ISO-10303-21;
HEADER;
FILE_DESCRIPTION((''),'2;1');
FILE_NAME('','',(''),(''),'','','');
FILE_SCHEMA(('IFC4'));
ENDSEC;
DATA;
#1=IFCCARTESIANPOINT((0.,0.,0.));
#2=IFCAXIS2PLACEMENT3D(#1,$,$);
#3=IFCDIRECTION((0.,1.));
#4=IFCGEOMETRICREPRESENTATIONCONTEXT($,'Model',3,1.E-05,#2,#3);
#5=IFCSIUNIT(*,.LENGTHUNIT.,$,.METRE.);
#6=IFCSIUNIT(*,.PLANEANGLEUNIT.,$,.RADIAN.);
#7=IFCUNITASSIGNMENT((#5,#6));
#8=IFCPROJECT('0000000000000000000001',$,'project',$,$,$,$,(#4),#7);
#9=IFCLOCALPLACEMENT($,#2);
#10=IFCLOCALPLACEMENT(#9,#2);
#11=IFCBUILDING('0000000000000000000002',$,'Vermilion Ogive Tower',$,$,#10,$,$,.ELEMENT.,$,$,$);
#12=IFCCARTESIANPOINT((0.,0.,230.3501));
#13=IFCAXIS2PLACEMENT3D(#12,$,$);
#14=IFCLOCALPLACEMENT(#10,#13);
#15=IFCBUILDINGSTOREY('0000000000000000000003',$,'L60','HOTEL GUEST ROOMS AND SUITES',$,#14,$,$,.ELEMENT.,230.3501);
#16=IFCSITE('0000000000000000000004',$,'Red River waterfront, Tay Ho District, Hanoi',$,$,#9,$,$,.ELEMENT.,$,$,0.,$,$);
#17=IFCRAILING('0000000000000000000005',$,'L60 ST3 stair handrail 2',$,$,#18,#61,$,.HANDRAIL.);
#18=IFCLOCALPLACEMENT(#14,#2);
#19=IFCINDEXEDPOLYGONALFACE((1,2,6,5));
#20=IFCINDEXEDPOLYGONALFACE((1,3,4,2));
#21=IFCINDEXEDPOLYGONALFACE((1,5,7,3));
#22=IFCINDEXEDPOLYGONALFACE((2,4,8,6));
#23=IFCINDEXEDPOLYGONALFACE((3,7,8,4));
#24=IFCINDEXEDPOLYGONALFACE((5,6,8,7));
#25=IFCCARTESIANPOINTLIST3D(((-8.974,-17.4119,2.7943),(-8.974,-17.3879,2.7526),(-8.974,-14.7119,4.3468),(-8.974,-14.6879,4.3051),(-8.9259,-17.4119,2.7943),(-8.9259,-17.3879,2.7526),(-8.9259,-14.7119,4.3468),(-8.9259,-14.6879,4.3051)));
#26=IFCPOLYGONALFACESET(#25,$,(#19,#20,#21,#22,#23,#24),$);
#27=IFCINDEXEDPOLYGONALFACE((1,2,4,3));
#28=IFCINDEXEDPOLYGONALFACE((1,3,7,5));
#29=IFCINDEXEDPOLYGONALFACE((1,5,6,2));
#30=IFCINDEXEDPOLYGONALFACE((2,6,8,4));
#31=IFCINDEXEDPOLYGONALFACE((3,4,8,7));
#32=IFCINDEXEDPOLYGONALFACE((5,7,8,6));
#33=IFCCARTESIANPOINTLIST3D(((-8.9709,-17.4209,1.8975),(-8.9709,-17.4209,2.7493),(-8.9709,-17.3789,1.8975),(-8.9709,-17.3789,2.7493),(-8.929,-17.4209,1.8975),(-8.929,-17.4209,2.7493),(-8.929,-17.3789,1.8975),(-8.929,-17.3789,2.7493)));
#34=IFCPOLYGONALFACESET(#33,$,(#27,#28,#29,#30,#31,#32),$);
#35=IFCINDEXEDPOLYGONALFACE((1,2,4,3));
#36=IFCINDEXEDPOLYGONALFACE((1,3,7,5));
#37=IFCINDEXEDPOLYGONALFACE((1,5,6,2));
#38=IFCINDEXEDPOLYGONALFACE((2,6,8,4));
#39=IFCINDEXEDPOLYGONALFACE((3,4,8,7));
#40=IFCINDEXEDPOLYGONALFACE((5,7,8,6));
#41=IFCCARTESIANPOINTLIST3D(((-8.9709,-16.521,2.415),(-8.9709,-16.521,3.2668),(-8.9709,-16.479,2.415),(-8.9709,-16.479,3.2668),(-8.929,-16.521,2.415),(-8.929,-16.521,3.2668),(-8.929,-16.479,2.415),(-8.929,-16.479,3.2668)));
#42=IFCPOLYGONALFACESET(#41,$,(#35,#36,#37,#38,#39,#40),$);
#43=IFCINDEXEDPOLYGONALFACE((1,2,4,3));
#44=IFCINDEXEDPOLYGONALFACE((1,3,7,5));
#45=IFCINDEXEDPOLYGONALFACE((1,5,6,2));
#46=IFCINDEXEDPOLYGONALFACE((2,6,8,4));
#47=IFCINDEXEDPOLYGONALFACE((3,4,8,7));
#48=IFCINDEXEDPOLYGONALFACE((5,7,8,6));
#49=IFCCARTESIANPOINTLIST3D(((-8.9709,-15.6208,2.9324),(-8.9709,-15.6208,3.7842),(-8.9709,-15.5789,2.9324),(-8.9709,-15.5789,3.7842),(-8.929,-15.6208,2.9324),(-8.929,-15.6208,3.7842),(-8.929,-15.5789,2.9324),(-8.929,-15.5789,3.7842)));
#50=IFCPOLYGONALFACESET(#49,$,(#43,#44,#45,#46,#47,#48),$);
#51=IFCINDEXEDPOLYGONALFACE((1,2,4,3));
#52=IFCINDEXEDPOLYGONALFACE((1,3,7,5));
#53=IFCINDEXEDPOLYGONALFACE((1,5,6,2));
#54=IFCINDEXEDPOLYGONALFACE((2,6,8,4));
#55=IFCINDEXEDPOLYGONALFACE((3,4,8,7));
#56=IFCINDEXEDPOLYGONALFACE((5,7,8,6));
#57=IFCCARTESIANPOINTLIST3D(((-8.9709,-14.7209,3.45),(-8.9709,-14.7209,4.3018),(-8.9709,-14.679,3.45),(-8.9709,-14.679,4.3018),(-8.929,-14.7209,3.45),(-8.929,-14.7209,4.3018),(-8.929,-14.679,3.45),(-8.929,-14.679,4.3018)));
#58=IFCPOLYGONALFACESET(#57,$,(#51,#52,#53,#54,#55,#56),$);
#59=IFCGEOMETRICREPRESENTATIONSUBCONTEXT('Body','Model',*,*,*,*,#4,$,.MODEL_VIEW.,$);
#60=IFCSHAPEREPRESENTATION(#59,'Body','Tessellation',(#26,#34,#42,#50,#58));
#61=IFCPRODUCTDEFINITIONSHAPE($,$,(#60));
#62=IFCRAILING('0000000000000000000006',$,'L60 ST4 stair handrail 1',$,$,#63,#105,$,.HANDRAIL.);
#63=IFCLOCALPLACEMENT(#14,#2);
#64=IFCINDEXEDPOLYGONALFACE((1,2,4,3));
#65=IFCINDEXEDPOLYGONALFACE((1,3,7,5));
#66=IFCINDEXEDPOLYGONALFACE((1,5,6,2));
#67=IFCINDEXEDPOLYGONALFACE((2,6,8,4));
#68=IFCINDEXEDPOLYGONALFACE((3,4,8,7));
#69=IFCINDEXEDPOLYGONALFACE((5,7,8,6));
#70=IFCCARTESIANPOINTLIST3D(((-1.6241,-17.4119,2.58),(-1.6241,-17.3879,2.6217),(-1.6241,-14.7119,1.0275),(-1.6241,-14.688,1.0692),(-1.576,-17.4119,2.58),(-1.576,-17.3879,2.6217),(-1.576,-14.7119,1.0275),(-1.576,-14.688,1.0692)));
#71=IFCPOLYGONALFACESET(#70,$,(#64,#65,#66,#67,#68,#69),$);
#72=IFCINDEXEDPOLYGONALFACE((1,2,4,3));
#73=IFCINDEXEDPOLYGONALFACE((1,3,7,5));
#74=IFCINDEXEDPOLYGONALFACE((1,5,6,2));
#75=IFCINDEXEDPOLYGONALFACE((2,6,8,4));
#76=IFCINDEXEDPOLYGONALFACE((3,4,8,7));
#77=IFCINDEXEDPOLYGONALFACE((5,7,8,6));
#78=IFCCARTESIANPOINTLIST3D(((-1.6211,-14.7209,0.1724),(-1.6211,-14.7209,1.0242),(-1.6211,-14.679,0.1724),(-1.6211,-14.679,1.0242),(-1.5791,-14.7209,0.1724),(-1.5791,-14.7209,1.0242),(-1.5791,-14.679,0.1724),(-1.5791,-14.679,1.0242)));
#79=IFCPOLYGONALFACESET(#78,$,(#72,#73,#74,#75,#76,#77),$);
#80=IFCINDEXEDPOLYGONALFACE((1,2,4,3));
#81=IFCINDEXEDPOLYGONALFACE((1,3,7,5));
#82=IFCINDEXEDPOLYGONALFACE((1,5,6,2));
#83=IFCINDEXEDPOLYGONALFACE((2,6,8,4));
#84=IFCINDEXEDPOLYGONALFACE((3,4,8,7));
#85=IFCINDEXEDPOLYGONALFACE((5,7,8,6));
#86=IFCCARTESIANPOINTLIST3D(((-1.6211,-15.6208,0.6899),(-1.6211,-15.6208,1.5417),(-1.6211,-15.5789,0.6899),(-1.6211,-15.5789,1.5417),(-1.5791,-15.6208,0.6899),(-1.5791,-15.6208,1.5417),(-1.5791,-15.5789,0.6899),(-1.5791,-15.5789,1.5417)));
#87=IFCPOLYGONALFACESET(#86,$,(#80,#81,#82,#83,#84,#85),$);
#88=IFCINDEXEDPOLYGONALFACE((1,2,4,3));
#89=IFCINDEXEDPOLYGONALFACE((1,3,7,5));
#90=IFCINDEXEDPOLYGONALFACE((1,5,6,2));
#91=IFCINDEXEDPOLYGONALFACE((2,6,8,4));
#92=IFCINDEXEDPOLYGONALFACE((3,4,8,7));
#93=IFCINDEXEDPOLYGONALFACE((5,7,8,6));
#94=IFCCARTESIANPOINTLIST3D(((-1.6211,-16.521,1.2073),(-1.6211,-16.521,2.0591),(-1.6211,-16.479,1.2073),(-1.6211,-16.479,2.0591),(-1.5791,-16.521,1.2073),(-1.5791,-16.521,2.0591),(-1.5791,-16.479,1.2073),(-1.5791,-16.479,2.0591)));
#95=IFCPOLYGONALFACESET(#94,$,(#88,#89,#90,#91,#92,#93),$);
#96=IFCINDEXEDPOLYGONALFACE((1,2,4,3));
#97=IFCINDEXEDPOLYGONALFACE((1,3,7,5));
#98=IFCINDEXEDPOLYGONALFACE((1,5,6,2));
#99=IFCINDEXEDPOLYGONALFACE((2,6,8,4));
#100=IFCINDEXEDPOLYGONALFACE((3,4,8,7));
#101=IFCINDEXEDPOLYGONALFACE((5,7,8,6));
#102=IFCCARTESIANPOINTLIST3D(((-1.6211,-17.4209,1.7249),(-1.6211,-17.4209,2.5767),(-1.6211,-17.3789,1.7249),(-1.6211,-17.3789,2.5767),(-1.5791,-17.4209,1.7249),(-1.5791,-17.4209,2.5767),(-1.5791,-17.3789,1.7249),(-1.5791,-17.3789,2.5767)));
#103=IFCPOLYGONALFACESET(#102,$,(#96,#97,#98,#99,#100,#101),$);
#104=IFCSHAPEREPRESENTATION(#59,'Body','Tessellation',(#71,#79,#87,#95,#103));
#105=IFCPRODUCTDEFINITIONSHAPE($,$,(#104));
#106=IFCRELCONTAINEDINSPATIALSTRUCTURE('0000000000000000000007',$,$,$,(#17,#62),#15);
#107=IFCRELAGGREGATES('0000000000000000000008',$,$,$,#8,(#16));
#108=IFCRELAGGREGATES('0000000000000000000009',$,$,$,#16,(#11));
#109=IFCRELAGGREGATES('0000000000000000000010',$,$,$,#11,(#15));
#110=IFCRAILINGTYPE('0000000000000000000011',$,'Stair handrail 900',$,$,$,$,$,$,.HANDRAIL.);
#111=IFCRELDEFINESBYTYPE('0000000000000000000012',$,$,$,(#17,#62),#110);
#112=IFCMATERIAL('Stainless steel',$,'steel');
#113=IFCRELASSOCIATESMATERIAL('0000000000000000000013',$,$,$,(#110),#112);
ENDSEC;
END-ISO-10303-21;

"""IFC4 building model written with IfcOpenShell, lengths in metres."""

from ifc_helpers import new_model, si_unit, direction, frame, origin, origin_2d, place, context, subcontext, project, spatial, rectangle, extrude, material, type_object, element, save


model = new_model("IFC4")

# Units and contexts
model_context = context("Model", 3, precision=1e-05, world=origin(), true_north=direction((0.0, 1.0)))
body_context = subcontext(model_context, "Body", "Model", "MODEL_VIEW")
ifc_project = project(units=[si_unit("LENGTHUNIT", "METRE"), si_unit("PLANEANGLEUNIT", "RADIAN")], contexts=[model_context])

# Site, building, storey
site_placement = place(None, origin())
site = spatial("IfcSite", under=ifc_project, at=site_placement, Name="Red River waterfront, Tay Ho District, Hanoi", CompositionType="ELEMENT", RefElevation=0.0)
building_placement = place(site_placement, origin())
building = spatial("IfcBuilding", under=site, at=building_placement, Name="Vermilion Ogive Tower", CompositionType="ELEMENT")
storey_placement = place(building_placement, frame((0.0, 0.0, 230.3501)))
storey = spatial("IfcBuildingStorey", under=building, at=storey_placement, Name="L60", Description="HOTEL GUEST ROOMS AND SUITES", CompositionType="ELEMENT", Elevation=230.3501)

# Railings
ifc_material_1 = material(Name="Stainless steel", Category="steel")
railing_type = type_object("IfcRailingType", Name="Stair handrail 900", PredefinedType="HANDRAIL", material=ifc_material_1)
railing_1_placement = place(storey_placement, frame((-8.95, -17.3999, 1.8975)))
element("IfcRailing", 1, at=railing_1_placement, inside=storey, type_object=railing_type, Name="L60 ST3 stair handrail 2", PredefinedType="HANDRAIL", context=body_context, shape_type="SweptSolid", body=[
    extrude(rectangle(XDim=0.0481, YDim=0.0481, at=origin_2d()), frame((0.0, 0.0, 0.876), z_axis=(0.0, 0.866904, 0.498476), x_axis=(-1.0, 0.0, 0.0)), (0.0, 0.0, 1.0), 3.1145),
    extrude(rectangle(XDim=0.042, YDim=0.042, at=origin_2d()), origin(), (0.0, 0.0, 1.0), 0.8518),
    extrude(rectangle(XDim=0.042, YDim=0.042, at=origin_2d()), frame((0.0, 0.8999, 0.5176)), (0.0, 0.0, 1.0), 0.8518),
    extrude(rectangle(XDim=0.042, YDim=0.042, at=origin_2d()), frame((0.0, 1.8, 1.0349)), (0.0, 0.0, 1.0), 0.8518),
    extrude(rectangle(XDim=0.042, YDim=0.042, at=origin_2d()), frame((0.0, 2.7, 1.5525)), (0.0, 0.0, 1.0), 0.8518),
])
railing_2_placement = place(storey_placement, frame((-1.6001, -14.7, 0.1724)))
element("IfcRailing", 2, at=railing_2_placement, inside=storey, type_object=railing_type, Name="L60 ST4 stair handrail 1", PredefinedType="HANDRAIL", context=body_context, shape_type="SweptSolid", body=[
    extrude(rectangle(XDim=0.0481, YDim=0.0481, at=origin_2d()), frame((0.0, 0.0, 0.876), z_axis=(0.0, -0.866904, 0.498476), x_axis=(1.0, 0.0, 0.0)), (0.0, 0.0, 1.0), 3.1145),
    extrude(rectangle(XDim=0.042, YDim=0.042, at=origin_2d()), origin(), (0.0, 0.0, 1.0), 0.8518),
    extrude(rectangle(XDim=0.042, YDim=0.042, at=origin_2d()), frame((0.0, -0.8999, 0.5176)), (0.0, 0.0, 1.0), 0.8518),
    extrude(rectangle(XDim=0.042, YDim=0.042, at=origin_2d()), frame((0.0, -1.8, 1.0349)), (0.0, 0.0, 1.0), 0.8518),
    extrude(rectangle(XDim=0.042, YDim=0.042, at=origin_2d()), frame((0.0, -2.7, 1.5525)), (0.0, 0.0, 1.0), 0.8518),
])

save(model, "model.ifc")
